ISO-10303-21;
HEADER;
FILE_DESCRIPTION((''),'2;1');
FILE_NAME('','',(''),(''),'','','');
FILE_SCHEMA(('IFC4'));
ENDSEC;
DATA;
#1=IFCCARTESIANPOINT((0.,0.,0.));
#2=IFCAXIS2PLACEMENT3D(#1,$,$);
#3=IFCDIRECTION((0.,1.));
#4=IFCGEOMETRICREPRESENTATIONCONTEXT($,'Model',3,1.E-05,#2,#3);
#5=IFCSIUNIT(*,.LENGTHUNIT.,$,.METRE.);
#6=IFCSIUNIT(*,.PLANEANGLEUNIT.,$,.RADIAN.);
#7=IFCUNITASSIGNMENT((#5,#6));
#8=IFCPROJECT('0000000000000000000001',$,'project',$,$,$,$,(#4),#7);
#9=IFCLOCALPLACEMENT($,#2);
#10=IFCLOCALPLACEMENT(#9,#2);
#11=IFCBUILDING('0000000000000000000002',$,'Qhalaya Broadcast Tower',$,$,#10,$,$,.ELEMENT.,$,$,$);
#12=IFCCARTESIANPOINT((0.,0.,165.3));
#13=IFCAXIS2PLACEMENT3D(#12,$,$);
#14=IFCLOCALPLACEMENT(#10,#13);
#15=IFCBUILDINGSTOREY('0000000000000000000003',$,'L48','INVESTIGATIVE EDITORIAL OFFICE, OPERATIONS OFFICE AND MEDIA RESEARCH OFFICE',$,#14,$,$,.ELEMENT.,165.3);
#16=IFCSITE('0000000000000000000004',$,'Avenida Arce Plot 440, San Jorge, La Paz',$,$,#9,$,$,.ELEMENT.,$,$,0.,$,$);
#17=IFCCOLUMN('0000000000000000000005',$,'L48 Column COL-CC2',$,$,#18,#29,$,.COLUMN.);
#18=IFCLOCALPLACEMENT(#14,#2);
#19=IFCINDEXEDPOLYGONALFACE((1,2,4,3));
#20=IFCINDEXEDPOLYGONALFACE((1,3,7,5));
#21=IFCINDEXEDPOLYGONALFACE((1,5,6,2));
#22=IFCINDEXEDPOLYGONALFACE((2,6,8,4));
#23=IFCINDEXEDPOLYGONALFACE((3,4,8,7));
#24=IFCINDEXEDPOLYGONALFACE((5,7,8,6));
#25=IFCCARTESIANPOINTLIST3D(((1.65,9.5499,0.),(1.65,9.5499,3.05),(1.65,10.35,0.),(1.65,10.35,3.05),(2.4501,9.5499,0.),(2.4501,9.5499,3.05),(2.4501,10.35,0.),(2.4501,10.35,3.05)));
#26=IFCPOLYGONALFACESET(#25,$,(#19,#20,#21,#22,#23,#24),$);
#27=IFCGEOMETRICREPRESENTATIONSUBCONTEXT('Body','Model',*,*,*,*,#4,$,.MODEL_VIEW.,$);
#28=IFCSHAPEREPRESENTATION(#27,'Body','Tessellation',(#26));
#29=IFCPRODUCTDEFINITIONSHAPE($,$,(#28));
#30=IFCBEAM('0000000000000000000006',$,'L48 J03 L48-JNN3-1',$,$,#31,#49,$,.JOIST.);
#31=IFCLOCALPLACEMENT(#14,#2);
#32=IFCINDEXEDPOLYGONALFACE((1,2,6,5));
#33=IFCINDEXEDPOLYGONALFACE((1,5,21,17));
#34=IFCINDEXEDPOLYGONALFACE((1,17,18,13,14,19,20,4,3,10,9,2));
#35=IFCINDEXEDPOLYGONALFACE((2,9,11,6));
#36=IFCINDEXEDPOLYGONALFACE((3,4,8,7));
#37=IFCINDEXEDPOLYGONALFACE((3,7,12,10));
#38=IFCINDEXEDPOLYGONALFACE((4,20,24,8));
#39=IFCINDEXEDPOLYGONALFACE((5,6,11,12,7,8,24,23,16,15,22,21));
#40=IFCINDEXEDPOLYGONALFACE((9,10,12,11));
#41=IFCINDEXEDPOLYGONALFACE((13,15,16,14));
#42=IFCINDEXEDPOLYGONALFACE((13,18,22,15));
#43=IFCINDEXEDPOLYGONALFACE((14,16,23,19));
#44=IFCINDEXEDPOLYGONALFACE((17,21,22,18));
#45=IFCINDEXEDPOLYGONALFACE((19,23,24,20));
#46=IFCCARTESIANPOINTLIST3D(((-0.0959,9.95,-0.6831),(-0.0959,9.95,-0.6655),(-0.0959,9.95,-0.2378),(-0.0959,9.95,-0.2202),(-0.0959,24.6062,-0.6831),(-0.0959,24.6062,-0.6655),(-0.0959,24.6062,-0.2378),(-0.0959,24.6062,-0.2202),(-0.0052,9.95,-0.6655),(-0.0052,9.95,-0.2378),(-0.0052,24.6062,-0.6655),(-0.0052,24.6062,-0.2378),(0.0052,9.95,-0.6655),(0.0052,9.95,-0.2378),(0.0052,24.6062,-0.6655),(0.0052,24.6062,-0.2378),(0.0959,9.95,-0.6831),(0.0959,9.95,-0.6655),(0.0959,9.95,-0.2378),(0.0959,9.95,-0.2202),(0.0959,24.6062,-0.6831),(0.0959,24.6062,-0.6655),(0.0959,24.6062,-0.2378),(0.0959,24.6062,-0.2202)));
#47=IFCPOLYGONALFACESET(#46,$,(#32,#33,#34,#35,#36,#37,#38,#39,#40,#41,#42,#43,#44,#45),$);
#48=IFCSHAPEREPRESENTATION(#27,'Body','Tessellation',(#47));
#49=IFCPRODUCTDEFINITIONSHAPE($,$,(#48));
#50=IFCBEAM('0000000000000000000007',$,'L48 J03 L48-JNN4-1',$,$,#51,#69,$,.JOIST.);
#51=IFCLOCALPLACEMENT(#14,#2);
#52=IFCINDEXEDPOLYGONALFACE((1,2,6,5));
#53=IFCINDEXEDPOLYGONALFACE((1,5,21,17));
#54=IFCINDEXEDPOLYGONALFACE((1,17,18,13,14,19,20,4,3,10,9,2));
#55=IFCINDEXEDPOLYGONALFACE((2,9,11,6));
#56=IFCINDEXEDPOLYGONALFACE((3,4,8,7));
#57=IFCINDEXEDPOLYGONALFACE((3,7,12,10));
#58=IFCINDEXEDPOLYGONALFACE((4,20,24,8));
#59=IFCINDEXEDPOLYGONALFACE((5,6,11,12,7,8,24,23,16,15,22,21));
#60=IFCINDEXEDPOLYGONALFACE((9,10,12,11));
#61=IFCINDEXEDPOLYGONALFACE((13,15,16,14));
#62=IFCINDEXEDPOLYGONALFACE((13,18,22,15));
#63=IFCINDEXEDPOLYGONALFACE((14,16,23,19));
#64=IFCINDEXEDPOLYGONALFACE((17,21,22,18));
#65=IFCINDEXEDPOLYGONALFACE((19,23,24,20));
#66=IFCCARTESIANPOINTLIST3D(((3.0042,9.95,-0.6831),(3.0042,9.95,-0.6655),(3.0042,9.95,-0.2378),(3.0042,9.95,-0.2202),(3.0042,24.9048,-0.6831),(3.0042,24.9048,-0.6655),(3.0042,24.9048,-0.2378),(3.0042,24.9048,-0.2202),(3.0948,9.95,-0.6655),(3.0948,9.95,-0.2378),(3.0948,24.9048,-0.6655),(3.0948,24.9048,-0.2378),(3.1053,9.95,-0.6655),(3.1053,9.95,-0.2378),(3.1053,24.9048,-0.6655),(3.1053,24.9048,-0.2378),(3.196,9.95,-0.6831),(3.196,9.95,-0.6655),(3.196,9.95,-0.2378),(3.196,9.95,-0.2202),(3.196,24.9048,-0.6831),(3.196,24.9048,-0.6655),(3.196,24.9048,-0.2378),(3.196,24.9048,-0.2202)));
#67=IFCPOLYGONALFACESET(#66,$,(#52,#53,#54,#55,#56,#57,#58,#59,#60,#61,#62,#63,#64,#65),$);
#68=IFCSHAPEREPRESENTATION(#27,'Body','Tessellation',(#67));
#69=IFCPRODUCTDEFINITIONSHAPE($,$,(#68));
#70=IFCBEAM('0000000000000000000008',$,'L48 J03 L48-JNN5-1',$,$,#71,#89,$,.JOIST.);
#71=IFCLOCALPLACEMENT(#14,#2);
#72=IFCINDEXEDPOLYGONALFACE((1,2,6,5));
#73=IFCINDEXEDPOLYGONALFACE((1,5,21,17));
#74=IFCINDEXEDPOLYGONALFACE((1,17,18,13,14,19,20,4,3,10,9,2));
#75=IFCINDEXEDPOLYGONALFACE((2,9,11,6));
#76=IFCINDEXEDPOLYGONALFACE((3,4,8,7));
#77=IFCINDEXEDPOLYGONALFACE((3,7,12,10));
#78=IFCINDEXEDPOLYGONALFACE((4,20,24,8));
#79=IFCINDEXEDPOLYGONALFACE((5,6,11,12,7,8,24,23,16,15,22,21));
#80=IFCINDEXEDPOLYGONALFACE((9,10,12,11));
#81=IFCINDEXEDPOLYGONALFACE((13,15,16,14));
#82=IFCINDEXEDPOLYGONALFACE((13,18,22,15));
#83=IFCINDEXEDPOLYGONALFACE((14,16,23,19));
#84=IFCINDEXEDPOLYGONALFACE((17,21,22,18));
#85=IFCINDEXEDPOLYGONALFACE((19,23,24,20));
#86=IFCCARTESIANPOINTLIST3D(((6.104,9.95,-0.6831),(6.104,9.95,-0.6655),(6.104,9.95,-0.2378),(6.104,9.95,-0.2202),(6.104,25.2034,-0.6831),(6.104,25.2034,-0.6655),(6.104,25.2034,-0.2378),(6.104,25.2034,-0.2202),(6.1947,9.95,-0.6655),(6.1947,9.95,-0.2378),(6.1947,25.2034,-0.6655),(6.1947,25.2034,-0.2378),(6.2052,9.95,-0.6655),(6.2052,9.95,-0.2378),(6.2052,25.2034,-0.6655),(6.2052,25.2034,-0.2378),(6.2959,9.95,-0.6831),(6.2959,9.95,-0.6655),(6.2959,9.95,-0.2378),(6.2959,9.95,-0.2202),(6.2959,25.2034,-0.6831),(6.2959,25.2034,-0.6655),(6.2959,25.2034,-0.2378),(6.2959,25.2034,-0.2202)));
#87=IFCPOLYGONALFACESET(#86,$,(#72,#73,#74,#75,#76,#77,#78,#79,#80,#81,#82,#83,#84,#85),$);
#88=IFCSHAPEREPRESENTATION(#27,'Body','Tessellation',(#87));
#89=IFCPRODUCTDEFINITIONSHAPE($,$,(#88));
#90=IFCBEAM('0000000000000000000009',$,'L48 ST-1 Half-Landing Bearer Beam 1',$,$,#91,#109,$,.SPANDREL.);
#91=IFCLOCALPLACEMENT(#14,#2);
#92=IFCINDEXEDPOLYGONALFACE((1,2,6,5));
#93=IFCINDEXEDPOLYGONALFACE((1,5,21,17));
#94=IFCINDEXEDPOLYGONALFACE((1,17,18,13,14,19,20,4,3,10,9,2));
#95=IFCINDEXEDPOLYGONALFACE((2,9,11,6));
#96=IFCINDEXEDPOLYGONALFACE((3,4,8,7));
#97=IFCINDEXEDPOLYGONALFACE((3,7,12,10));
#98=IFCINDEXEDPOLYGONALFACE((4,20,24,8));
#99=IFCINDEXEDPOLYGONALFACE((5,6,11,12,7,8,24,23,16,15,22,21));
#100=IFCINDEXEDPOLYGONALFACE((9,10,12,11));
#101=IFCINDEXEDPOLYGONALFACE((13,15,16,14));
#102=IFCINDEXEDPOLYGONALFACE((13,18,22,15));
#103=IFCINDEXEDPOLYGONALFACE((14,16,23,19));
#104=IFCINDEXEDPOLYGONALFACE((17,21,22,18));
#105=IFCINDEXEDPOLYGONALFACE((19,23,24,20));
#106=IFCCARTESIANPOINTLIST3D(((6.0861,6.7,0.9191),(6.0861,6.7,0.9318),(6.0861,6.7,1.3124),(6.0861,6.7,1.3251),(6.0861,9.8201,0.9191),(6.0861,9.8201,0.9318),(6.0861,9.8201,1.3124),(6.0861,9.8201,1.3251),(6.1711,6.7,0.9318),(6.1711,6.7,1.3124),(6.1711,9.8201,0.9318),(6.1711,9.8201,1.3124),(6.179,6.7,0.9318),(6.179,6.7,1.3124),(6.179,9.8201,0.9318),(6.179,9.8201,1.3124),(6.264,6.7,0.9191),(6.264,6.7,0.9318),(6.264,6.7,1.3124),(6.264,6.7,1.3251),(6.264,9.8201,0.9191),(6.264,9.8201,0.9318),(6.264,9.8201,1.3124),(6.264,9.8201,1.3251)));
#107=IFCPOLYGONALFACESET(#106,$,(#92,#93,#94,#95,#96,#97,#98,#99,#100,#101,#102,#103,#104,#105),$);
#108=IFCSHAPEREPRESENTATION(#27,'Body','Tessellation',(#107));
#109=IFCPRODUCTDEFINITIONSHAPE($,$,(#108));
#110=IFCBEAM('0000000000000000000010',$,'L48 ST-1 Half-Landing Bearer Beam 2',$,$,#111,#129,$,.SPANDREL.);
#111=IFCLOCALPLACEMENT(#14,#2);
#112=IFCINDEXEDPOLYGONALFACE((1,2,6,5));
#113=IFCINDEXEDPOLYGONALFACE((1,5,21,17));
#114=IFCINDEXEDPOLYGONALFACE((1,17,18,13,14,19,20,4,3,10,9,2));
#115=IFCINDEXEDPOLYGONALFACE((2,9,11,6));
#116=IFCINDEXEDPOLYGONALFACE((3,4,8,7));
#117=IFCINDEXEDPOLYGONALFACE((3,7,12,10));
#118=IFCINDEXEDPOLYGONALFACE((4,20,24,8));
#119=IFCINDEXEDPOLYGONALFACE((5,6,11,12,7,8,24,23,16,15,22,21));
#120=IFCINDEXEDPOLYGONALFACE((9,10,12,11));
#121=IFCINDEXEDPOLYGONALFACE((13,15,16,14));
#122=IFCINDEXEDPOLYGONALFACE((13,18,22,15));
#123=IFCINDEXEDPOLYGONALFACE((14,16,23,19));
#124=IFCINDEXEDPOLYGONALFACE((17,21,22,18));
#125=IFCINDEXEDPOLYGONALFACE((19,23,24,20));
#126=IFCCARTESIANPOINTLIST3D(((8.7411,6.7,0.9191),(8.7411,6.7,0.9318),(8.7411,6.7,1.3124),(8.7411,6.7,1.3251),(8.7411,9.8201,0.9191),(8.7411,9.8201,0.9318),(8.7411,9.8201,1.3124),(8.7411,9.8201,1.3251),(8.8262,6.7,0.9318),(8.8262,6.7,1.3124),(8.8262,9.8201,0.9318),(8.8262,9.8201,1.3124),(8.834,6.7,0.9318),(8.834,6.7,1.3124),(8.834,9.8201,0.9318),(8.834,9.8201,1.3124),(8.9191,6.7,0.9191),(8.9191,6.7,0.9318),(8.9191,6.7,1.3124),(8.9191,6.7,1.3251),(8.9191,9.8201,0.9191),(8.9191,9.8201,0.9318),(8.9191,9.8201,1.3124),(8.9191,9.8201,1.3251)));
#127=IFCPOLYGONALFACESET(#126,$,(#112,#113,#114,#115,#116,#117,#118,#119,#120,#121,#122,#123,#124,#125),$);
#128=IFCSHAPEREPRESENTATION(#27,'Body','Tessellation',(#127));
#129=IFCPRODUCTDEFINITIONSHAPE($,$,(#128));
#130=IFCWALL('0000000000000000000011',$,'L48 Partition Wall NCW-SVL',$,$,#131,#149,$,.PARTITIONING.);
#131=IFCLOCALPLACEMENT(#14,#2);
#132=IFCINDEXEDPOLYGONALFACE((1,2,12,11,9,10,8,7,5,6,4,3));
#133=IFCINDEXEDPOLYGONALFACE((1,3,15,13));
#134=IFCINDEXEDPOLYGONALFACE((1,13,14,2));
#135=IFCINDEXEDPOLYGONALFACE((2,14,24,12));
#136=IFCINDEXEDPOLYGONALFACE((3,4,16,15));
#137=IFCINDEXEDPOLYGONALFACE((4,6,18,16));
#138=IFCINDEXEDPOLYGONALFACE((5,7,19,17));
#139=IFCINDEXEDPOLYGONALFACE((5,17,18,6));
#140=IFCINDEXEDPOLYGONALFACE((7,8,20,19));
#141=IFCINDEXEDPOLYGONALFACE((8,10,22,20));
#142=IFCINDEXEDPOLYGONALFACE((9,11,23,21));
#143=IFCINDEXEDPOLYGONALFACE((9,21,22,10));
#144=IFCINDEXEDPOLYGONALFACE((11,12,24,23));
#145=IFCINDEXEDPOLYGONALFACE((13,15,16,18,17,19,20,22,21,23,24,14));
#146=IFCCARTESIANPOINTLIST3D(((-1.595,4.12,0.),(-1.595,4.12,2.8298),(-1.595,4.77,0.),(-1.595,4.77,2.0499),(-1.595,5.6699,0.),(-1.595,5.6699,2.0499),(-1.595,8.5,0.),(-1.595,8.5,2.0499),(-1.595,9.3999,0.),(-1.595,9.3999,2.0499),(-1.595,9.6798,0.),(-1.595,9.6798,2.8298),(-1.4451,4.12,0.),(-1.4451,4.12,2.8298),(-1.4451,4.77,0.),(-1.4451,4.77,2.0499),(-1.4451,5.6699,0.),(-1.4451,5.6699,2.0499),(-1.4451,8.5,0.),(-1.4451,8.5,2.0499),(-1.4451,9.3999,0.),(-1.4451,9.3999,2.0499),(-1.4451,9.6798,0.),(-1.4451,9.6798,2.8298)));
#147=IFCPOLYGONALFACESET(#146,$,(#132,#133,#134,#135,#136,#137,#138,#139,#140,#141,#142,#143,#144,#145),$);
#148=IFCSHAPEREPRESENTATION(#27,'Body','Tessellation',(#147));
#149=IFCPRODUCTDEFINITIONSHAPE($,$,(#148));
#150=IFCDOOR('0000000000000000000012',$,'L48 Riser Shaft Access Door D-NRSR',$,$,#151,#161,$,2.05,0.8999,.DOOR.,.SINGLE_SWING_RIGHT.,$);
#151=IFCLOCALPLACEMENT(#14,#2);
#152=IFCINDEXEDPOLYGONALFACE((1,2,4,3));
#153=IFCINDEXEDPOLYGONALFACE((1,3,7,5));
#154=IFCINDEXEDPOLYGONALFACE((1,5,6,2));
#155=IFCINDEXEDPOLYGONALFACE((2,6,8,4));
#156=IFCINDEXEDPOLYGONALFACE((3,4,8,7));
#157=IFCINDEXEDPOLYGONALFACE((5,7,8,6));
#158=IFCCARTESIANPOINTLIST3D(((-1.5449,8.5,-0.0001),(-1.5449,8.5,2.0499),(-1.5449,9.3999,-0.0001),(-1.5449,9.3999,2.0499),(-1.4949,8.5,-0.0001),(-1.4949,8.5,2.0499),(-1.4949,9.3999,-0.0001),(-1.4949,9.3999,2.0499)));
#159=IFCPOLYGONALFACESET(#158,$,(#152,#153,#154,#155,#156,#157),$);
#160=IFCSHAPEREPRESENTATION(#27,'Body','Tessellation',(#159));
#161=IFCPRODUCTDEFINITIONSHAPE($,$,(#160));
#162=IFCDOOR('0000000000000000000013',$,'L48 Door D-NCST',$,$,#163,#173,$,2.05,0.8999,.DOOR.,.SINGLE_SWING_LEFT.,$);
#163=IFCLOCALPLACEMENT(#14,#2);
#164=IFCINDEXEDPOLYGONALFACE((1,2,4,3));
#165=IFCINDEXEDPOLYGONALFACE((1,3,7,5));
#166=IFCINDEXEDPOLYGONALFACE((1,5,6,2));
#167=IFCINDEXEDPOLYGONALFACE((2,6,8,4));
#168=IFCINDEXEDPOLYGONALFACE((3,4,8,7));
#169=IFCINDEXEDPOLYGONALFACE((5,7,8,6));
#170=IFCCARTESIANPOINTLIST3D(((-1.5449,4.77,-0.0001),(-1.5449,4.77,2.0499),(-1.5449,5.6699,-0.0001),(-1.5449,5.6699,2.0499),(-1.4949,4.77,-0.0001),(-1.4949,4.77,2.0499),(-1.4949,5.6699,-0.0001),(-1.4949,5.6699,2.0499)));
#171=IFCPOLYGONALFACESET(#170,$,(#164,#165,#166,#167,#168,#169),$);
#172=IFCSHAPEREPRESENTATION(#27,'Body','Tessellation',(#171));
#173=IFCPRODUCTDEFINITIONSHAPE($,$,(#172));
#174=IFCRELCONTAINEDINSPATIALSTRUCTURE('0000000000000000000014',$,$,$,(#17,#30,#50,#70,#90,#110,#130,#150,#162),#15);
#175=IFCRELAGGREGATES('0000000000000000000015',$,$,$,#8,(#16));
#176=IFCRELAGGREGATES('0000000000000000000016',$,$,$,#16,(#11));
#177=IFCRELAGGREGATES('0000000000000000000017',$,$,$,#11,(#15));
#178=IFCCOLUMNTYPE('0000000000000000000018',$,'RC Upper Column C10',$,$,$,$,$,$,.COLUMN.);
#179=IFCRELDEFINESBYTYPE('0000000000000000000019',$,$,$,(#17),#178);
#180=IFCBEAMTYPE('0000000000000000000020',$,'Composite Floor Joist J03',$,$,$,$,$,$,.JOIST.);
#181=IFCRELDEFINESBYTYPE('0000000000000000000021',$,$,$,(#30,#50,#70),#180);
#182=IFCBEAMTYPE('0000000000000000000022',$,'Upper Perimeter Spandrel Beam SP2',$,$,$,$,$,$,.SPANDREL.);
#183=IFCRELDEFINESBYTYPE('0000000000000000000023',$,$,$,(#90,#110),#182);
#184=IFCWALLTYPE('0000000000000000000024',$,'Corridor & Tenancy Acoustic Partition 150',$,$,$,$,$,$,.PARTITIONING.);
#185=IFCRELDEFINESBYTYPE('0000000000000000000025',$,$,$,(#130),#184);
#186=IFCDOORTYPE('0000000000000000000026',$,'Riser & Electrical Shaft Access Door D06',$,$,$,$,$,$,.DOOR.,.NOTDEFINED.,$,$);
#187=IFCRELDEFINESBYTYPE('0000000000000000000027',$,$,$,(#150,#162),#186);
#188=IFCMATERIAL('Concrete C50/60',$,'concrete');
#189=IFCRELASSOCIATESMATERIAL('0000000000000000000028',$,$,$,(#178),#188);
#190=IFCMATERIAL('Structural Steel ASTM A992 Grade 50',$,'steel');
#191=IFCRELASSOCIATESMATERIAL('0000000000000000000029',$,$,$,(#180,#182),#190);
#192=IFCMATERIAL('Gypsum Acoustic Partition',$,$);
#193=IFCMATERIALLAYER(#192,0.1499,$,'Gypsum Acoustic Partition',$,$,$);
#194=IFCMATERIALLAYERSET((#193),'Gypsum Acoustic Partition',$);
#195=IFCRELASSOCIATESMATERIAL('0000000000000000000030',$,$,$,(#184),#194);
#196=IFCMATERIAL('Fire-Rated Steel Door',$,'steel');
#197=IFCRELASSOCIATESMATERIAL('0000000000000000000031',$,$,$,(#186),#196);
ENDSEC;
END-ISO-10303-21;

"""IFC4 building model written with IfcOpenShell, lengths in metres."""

from ifc_helpers import new_model, si_unit, direction, frame, frame_2d, origin, origin_2d, place, context, subcontext, project, spatial, rectangle, i_section, extrude, material, layer, layer_set, material_profile, profile_set, type_object, element, fill, save


model = new_model("IFC4")

# Units and contexts
model_context = context("Model", 3, precision=1e-05, world=origin(), true_north=direction((0.0, 1.0)))
body_context = subcontext(model_context, "Body", "Model", "MODEL_VIEW")
ifc_project = project(units=[si_unit("LENGTHUNIT", "METRE"), si_unit("PLANEANGLEUNIT", "RADIAN")], contexts=[model_context])

# Site, building, storey
site_placement = place(None, origin())
site = spatial("IfcSite", under=ifc_project, at=site_placement, Name="Avenida Arce Plot 440, San Jorge, La Paz", CompositionType="ELEMENT", RefElevation=0.0)
building_placement = place(site_placement, origin())
building = spatial("IfcBuilding", under=site, at=building_placement, Name="Qhalaya Broadcast Tower", CompositionType="ELEMENT")
storey_placement = place(building_placement, frame((0.0, 0.0, 165.3)))
storey = spatial("IfcBuildingStorey", under=building, at=storey_placement, Name="L48", Description="INVESTIGATIVE EDITORIAL OFFICE, OPERATIONS OFFICE AND MEDIA RESEARCH OFFICE", CompositionType="ELEMENT", Elevation=165.3)

# Column
ifc_material_1 = material(Name="Concrete C50/60", Category="concrete")
ifc_material_profile_1 = material_profile(ifc_material_1, rectangle(XDim=0.8, YDim=0.8, at=origin_2d()), Name="RC-COL 800x800")
ifc_profile_set_1 = profile_set([ifc_material_profile_1], Name="Concrete C50/60")
column_type = type_object("IfcColumnType", Name="RC Upper Column C10", PredefinedType="COLUMN", material=ifc_profile_set_1)
column_placement = place(storey_placement, frame((2.05, 9.95, 0.0), z_axis=(0.0, 0.0, 1.0), x_axis=(1.0, 0.0, 0.0)))
element("IfcColumn", 1, at=column_placement, inside=storey, type_object=column_type, Name="L48 Column COL-CC2", PredefinedType="COLUMN", context=body_context, shape_type="SweptSolid", body=[
    extrude(rectangle(XDim=0.8, YDim=0.8, at=origin_2d()), origin(), (0.0, 0.0, 1.0), 3.05),
])

# Beams
ifc_material_2 = material(Name="Structural Steel ASTM A992 Grade 50", Category="steel")
ifc_material_profile_2 = material_profile(ifc_material_2, i_section(OverallWidth=0.1919, OverallDepth=0.4629, WebThickness=0.0105, FlangeThickness=0.0176, at=origin_2d()), Name="W18X60")
ifc_profile_set_2 = profile_set([ifc_material_profile_2], Name="Structural Steel ASTM A992 Grade 50")
beam_type_1 = type_object("IfcBeamType", Name="Composite Floor Joist J03", PredefinedType="JOIST", material=ifc_profile_set_2)
beam_1_placement = place(storey_placement, frame((0.0, 9.95, -0.4517), z_axis=(0.0, 1.0, 0.0), x_axis=(-1.0, 0.0, 0.0)))
element("IfcBeam", 2, at=beam_1_placement, inside=storey, type_object=beam_type_1, Name="L48 J03 L48-JNN3-1", PredefinedType="JOIST", context=body_context, shape_type="SweptSolid", body=[
    extrude(i_section(OverallWidth=0.1919, OverallDepth=0.4629, WebThickness=0.0105, FlangeThickness=0.0176, at=origin_2d()), origin(), (0.0, 0.0, 1.0), 14.6562),
])
beam_2_placement = place(storey_placement, frame((3.1001, 9.95, -0.4517), z_axis=(0.0, 1.0, 0.0), x_axis=(-1.0, 0.0, 0.0)))
element("IfcBeam", 3, at=beam_2_placement, inside=storey, type_object=beam_type_1, Name="L48 J03 L48-JNN4-1", PredefinedType="JOIST", context=body_context, shape_type="SweptSolid", body=[
    extrude(i_section(OverallWidth=0.1919, OverallDepth=0.4629, WebThickness=0.0105, FlangeThickness=0.0176, at=origin_2d()), origin(), (0.0, 0.0, 1.0), 14.9548),
])
beam_3_placement = place(storey_placement, frame((6.2, 9.95, -0.4517), z_axis=(0.0, 1.0, 0.0), x_axis=(-1.0, 0.0, 0.0)))
element("IfcBeam", 4, at=beam_3_placement, inside=storey, type_object=beam_type_1, Name="L48 J03 L48-JNN5-1", PredefinedType="JOIST", context=body_context, shape_type="SweptSolid", body=[
    extrude(i_section(OverallWidth=0.1919, OverallDepth=0.4629, WebThickness=0.0105, FlangeThickness=0.0176, at=origin_2d()), origin(), (0.0, 0.0, 1.0), 15.2534),
])
ifc_material_profile_3 = material_profile(ifc_material_2, i_section(OverallWidth=0.178, OverallDepth=0.406, WebThickness=0.0078, FlangeThickness=0.0127, at=origin_2d()), Name="W16X40")
ifc_profile_set_3 = profile_set([ifc_material_profile_3], Name="Structural Steel ASTM A992 Grade 50")
beam_type_2 = type_object("IfcBeamType", Name="Upper Perimeter Spandrel Beam SP2", PredefinedType="SPANDREL", material=ifc_profile_set_3)
for number, where, z_axis, x_axis, name in (
    (5, (6.175, 6.7, 1.1221), (0.0, 1.0, 0.0), (-1.0, 0.0, 0.0), "L48 ST-1 Half-Landing Bearer Beam 1"),
    (6, (8.8301, 6.7, 1.1221), (0.0, 1.0, 0.0), (-1.0, 0.0, 0.0), "L48 ST-1 Half-Landing Bearer Beam 2"),
):
    element("IfcBeam", number, at=place(storey_placement, frame(where, z_axis=z_axis, x_axis=x_axis)), inside=storey, type_object=beam_type_2, Name=name, PredefinedType="SPANDREL", context=body_context, shape_type="SweptSolid", body=[
        extrude(i_section(OverallWidth=0.178, OverallDepth=0.406, WebThickness=0.0078, FlangeThickness=0.0127, at=origin_2d()), origin(), (0.0, 0.0, 1.0), 3.1201),
    ])

# Wall, openings, doors
ifc_material_3 = material(Name="Gypsum Acoustic Partition")
ifc_layer_1 = layer(ifc_material_3, 0.1499, Name="Gypsum Acoustic Partition")
ifc_layer_set_1 = layer_set([ifc_layer_1], Name="Gypsum Acoustic Partition")
wall_type_1 = type_object("IfcWallType", Name="Corridor & Tenancy Acoustic Partition 150", PredefinedType="PARTITIONING", material=ifc_layer_set_1)
wall_1_placement = place(storey_placement, frame((-1.52, 4.1201, 0.0), z_axis=(0.0, 0.0, 1.0), x_axis=(0.0, 1.0, 0.0)))
wall_1 = element("IfcWall", 7, at=wall_1_placement, inside=storey, type_object=wall_type_1, Name="L48 Partition Wall NCW-SVL", PredefinedType="PARTITIONING", context=body_context, shape_type="SweptSolid", body=[
    extrude(rectangle(XDim=5.5598, YDim=0.1499, at=frame_2d((2.7798, 0.0))), origin(), (0.0, 0.0, 1.0), 2.8298),
])
opening_1_placement = place(wall_1_placement, frame((4.3799, 0.0, 0.0)))
opening_1 = element("IfcOpeningElement", 8, at=opening_1_placement, cuts=wall_1, PredefinedType="OPENING", context=body_context, shape_type="SweptSolid", body=[
    extrude(rectangle(XDim=0.8999, YDim=2.05, at=frame_2d((0.45, 1.0249))), frame((0.0, 0.0869, 0.0), z_axis=(0.0, -1.0, 0.0), x_axis=(1.0, 0.0, 0.0)), (0.0, 0.0, 1.0), 0.1738),
])
opening_2_placement = place(wall_1_placement, frame((0.6499, 0.0, 0.0)))
opening_2 = element("IfcOpeningElement", 9, at=opening_2_placement, cuts=wall_1, PredefinedType="OPENING", context=body_context, shape_type="SweptSolid", body=[
    extrude(rectangle(XDim=0.8999, YDim=2.05, at=frame_2d((0.45, 1.0249))), frame((0.0, 0.0869, 0.0), z_axis=(0.0, -1.0, 0.0), x_axis=(1.0, 0.0, 0.0)), (0.0, 0.0, 1.0), 0.1738),
])
ifc_material_4 = material(Name="Fire-Rated Steel Door", Category="steel")
door_type_1 = type_object("IfcDoorType", Name="Riser & Electrical Shaft Access Door D06", OperationType="NOTDEFINED", PredefinedType="DOOR", material=ifc_material_4)
door_1_placement = place(opening_1_placement, origin())
door_1 = element("IfcDoor", 10, at=door_1_placement, inside=storey, type_object=door_type_1, Name="L48 Riser Shaft Access Door D-NRSR", OperationType="SINGLE_SWING_RIGHT", OverallHeight=2.05, OverallWidth=0.8999, PredefinedType="DOOR", context=body_context, shape_type="SweptSolid", body=[
    extrude(rectangle(XDim=0.8999, YDim=2.05, at=frame_2d((0.45, 1.0249))), frame((0.0, 0.0249, 0.0), z_axis=(0.0, -1.0, 0.0), x_axis=(1.0, 0.0, 0.0)), (0.0, 0.0, 1.0), 0.05),
])
fill(opening_1, door_1)
door_2_placement = place(opening_2_placement, origin())
door_2 = element("IfcDoor", 11, at=door_2_placement, inside=storey, type_object=door_type_1, Name="L48 Door D-NCST", OperationType="SINGLE_SWING_LEFT", OverallHeight=2.05, OverallWidth=0.8999, PredefinedType="DOOR", context=body_context, shape_type="SweptSolid", body=[
    extrude(rectangle(XDim=0.8999, YDim=2.05, at=frame_2d((0.45, 1.0249))), frame((0.0, 0.0249, 0.0), z_axis=(0.0, -1.0, 0.0), x_axis=(1.0, 0.0, 0.0)), (0.0, 0.0, 1.0), 0.05),
])
fill(opening_2, door_2)

save(model, "model.ifc")
